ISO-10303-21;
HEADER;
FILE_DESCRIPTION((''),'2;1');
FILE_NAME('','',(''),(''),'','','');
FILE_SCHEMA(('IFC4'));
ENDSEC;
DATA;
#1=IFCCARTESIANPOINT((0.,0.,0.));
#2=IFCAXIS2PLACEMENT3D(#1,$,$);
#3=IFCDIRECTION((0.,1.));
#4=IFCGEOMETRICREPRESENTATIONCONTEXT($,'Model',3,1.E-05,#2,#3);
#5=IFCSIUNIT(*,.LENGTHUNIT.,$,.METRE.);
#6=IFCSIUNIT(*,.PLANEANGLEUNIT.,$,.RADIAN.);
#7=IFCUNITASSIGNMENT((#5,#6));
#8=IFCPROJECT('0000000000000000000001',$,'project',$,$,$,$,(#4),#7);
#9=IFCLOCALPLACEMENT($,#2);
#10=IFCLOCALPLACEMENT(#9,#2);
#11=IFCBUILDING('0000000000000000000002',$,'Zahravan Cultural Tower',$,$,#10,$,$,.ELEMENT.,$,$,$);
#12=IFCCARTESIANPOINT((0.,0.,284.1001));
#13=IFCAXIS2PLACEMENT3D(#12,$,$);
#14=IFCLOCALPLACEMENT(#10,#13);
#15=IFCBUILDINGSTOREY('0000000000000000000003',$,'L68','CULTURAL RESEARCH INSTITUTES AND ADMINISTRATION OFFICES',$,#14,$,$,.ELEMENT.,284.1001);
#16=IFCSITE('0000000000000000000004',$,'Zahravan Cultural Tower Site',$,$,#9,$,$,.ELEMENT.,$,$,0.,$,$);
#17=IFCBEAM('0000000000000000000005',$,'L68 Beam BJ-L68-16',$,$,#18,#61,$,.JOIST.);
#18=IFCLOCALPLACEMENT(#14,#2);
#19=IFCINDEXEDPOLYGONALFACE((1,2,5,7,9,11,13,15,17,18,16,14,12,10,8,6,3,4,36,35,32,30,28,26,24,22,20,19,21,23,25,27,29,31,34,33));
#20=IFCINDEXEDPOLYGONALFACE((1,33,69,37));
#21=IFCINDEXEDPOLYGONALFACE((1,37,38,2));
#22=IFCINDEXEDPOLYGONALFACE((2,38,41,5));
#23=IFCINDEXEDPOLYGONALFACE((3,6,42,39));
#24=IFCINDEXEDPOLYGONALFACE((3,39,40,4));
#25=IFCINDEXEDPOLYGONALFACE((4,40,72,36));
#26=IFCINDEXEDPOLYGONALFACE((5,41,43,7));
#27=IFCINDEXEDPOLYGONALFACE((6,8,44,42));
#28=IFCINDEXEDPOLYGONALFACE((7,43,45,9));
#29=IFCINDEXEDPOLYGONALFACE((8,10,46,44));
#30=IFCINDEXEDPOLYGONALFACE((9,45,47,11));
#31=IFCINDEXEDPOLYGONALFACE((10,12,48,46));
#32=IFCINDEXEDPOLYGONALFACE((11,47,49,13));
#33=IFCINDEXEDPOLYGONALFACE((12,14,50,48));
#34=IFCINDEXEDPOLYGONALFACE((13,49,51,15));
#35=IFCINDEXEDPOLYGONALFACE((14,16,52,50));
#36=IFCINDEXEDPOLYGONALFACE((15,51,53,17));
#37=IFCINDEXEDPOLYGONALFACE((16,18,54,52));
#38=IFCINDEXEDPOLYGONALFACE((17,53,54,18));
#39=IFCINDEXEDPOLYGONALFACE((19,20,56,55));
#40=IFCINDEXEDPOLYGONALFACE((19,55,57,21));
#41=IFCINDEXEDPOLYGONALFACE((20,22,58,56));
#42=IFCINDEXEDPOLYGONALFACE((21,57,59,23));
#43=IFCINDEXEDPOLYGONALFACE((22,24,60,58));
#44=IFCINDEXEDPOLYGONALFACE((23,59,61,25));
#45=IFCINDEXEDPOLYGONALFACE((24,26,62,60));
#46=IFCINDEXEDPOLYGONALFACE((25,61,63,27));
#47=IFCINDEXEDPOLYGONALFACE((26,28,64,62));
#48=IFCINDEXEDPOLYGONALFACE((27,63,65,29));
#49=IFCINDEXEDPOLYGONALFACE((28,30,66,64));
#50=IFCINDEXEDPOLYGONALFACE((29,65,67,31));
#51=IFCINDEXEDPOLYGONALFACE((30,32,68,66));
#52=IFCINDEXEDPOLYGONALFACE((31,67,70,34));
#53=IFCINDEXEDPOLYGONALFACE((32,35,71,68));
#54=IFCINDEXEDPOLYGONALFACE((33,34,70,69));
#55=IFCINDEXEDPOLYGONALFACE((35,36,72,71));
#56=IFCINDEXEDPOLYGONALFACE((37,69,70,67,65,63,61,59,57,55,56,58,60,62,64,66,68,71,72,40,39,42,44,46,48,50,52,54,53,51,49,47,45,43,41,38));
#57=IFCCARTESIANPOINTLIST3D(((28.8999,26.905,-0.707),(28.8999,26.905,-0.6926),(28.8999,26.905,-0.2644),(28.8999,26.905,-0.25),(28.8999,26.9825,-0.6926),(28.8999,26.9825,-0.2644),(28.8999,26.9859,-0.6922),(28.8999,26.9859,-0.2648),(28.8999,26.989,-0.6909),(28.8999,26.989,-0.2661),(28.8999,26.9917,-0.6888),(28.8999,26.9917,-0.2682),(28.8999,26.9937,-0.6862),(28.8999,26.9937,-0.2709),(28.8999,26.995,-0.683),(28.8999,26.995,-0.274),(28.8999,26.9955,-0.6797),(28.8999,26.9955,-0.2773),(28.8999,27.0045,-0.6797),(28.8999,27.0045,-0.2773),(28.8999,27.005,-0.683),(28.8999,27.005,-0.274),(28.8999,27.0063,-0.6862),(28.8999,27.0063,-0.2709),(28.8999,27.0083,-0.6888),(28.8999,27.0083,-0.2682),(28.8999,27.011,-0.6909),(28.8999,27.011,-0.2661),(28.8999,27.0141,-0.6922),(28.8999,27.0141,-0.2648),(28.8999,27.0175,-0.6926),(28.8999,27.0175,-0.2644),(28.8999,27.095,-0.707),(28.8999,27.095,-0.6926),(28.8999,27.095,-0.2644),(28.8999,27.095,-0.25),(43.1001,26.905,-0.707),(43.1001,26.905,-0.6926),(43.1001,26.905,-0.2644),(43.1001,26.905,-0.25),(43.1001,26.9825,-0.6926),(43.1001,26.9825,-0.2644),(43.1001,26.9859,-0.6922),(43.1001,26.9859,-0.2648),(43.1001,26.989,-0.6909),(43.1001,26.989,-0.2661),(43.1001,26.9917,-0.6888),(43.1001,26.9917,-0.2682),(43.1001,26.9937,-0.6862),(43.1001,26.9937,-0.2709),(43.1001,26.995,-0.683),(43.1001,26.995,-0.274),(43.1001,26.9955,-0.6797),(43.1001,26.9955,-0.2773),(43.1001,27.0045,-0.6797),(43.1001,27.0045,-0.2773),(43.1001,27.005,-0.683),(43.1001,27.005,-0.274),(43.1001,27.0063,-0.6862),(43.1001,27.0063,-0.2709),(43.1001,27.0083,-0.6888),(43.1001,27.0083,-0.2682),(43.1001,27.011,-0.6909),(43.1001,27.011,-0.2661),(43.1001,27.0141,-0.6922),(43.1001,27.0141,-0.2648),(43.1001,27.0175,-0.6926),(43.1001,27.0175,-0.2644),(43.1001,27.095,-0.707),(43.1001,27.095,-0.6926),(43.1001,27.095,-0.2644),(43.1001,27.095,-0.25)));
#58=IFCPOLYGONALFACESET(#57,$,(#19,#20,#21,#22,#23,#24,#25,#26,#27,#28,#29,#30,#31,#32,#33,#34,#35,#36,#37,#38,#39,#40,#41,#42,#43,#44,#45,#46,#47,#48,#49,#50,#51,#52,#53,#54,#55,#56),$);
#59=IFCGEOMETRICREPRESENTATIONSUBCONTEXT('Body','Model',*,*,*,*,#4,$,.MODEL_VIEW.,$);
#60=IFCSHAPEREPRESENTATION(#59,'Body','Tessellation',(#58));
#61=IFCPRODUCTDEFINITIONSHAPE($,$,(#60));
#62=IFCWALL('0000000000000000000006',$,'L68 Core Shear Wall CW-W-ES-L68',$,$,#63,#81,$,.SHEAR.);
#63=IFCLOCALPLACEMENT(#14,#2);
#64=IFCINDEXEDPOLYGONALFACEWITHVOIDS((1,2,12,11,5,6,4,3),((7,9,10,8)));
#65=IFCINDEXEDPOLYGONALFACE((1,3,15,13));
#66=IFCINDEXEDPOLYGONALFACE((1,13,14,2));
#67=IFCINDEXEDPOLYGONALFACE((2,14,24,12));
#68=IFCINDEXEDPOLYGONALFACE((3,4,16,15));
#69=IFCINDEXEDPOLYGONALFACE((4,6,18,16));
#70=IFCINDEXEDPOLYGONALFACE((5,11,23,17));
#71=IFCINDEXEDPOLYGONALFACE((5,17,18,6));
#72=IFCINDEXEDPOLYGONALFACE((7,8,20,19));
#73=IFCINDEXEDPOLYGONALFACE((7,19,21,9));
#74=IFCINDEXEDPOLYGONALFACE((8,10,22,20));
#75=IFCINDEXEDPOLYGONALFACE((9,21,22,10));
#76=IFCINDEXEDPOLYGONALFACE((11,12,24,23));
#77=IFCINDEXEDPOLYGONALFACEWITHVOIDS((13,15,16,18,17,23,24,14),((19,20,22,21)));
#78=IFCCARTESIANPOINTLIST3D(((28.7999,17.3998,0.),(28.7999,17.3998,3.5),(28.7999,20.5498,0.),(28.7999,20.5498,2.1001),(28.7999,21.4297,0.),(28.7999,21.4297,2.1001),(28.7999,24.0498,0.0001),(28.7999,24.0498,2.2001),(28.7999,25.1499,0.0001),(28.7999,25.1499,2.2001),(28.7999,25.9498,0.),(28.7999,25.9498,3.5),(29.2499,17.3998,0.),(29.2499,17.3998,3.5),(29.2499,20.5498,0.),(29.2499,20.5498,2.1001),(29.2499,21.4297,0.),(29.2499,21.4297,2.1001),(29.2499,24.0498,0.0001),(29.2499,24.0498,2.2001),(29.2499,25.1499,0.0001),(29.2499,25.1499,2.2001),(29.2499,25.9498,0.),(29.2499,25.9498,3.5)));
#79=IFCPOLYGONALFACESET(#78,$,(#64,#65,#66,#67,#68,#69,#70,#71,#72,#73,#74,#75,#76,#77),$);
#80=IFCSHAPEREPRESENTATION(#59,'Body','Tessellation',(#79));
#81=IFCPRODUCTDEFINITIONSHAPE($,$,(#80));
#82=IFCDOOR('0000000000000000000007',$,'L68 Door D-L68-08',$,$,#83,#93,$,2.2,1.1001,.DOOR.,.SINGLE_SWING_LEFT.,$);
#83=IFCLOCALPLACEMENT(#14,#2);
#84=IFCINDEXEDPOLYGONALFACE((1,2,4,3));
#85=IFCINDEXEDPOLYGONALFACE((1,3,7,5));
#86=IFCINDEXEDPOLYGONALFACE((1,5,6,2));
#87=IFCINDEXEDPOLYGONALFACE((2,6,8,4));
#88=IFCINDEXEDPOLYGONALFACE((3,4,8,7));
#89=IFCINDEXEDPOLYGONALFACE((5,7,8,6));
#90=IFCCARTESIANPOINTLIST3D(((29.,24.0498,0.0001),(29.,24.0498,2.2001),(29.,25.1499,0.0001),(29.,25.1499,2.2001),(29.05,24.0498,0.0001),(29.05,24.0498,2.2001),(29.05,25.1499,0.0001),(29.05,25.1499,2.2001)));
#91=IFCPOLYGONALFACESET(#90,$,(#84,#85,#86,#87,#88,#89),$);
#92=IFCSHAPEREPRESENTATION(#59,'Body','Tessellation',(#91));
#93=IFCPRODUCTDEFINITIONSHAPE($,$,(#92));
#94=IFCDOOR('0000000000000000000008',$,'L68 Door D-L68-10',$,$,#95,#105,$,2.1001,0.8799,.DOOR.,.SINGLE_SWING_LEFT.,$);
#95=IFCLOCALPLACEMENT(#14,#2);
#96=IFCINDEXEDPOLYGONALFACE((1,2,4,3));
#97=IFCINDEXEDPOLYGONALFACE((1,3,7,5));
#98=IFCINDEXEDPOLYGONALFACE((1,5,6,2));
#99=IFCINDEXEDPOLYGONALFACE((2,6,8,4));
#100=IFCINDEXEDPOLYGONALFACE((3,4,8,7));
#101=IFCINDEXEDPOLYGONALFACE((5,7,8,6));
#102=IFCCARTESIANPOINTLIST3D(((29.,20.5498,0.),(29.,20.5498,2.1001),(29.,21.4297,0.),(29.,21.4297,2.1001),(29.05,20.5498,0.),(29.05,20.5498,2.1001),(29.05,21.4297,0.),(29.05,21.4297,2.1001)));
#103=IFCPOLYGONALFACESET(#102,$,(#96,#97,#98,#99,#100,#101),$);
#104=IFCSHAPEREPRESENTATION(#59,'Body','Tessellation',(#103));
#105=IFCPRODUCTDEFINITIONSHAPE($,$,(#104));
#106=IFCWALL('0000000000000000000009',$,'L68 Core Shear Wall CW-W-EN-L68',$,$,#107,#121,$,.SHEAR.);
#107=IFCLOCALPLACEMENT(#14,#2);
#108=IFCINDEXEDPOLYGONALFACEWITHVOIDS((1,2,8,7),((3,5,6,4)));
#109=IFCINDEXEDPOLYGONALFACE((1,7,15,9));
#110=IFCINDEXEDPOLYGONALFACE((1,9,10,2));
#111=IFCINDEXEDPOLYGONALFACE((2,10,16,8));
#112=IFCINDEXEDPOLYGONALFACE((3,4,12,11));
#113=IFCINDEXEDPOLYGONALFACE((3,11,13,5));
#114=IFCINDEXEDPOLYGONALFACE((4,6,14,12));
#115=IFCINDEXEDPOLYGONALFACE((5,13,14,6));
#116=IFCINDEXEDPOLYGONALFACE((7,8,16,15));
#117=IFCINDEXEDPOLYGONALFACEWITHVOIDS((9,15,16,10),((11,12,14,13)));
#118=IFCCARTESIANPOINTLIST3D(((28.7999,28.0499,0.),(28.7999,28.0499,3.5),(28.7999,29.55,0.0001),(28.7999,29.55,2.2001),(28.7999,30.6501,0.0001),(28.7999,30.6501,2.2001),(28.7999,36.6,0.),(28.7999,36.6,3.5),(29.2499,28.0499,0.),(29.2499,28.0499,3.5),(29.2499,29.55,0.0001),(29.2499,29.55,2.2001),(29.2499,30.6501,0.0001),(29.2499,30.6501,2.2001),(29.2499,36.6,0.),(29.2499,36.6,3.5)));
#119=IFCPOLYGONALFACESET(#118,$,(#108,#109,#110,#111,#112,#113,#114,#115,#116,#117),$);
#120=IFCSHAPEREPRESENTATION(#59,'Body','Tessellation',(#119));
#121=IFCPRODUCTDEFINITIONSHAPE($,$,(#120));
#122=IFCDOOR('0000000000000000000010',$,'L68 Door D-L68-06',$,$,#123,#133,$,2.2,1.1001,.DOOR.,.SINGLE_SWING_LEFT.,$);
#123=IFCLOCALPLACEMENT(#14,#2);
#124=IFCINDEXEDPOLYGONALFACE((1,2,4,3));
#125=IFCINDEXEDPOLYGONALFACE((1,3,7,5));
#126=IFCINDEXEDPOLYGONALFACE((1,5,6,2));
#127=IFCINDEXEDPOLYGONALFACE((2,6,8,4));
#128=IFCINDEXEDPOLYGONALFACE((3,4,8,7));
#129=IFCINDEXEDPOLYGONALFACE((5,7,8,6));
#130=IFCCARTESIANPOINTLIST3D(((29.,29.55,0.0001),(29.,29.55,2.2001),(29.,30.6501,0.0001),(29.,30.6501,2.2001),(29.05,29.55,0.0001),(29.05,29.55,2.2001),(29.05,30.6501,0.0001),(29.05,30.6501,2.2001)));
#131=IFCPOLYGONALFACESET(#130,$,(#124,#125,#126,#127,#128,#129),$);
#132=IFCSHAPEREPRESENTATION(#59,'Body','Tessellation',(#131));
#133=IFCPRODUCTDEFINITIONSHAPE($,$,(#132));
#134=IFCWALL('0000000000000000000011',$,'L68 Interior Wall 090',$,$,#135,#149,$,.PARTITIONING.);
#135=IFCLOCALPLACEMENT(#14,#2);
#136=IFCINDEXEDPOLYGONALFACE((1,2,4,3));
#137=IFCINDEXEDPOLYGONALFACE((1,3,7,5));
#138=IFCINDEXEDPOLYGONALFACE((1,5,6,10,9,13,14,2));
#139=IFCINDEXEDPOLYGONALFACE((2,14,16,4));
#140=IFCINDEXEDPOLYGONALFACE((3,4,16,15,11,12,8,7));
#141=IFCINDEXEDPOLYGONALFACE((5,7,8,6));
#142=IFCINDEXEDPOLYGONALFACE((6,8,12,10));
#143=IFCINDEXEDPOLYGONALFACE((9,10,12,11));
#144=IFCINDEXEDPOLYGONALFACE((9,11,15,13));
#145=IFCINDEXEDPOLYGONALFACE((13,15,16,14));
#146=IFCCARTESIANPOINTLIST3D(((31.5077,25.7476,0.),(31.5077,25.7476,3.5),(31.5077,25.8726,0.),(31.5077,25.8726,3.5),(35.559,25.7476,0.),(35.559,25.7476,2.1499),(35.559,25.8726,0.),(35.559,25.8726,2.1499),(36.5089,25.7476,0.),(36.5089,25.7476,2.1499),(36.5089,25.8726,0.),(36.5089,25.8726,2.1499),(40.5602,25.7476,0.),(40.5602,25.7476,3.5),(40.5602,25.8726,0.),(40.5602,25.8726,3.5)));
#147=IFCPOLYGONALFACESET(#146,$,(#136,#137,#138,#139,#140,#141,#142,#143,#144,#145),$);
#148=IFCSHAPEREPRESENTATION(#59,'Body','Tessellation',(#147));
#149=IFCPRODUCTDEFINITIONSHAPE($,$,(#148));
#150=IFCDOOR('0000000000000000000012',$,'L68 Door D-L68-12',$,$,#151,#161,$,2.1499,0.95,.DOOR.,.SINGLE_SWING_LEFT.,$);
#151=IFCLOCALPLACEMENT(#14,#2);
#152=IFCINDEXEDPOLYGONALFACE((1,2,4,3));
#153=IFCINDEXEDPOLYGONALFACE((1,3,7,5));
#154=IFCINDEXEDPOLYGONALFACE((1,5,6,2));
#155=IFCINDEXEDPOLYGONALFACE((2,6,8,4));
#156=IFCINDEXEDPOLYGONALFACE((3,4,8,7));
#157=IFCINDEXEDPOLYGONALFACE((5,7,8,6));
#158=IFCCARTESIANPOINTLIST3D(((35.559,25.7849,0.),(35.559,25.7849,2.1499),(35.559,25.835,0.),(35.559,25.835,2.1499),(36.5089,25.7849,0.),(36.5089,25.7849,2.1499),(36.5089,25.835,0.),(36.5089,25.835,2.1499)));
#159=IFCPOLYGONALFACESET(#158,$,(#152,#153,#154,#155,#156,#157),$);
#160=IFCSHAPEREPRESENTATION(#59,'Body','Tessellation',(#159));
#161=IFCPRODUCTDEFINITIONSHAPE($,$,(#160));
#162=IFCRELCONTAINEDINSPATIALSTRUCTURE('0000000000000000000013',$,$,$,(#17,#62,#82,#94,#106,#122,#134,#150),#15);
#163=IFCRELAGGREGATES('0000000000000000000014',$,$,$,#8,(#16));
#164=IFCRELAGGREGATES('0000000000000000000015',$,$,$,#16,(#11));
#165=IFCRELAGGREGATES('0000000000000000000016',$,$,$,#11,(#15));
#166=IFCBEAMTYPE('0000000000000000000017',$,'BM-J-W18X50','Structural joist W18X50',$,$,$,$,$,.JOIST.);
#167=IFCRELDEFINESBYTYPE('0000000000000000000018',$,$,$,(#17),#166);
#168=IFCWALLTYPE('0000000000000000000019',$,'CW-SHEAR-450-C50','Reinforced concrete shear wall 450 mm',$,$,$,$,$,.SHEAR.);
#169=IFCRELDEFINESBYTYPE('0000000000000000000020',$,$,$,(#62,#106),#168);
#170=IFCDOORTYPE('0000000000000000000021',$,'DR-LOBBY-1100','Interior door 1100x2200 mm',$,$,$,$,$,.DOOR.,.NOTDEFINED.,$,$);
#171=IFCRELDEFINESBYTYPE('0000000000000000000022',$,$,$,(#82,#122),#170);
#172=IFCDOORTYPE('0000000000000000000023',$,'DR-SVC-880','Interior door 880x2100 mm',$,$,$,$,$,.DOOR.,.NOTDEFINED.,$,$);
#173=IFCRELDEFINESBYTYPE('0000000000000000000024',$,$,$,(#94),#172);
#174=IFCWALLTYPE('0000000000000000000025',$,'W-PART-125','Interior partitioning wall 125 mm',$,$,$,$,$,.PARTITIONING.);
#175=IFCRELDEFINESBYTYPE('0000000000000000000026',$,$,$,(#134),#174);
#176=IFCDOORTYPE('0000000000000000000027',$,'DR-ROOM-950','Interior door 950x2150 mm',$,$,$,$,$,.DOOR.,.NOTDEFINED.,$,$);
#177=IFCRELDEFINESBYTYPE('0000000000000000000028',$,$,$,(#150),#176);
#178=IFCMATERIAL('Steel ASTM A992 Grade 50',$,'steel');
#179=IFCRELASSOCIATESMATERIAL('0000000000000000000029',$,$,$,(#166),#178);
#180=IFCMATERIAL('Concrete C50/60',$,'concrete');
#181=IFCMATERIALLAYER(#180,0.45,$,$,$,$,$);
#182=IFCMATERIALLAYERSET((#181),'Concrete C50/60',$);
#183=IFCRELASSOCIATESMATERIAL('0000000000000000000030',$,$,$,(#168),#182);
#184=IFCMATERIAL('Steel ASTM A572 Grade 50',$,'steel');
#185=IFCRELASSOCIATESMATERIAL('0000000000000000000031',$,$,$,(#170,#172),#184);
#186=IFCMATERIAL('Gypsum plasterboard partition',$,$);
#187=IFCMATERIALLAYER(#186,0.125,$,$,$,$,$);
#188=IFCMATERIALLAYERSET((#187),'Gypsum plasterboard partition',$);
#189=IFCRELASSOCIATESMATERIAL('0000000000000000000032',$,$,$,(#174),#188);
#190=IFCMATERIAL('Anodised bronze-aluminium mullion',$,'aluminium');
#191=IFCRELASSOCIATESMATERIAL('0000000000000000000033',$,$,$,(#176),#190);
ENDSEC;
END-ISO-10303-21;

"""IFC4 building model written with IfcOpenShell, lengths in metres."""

from ifc_helpers import new_model, si_unit, direction, frame, frame_2d, origin, origin_2d, place, context, subcontext, project, spatial, rectangle, i_section, extrude, source, transform, mapped, material, layer, layer_set, material_profile, profile_set, type_object, element, fill, save


model = new_model("IFC4")

# Units and contexts
model_context = context("Model", 3, precision=1e-05, world=origin(), true_north=direction((0.0, 1.0)))
body_context = subcontext(model_context, "Body", "Model", "MODEL_VIEW")
ifc_project = project(units=[si_unit("LENGTHUNIT", "METRE"), si_unit("PLANEANGLEUNIT", "RADIAN")], contexts=[model_context])

# Site, building, storey
site_placement = place(None, origin())
site = spatial("IfcSite", under=ifc_project, at=site_placement, Name="Zahravan Cultural Tower Site", CompositionType="ELEMENT", RefElevation=0.0)
building_placement = place(site_placement, origin())
building = spatial("IfcBuilding", under=site, at=building_placement, Name="Zahravan Cultural Tower", CompositionType="ELEMENT")
storey_placement = place(building_placement, frame((0.0, 0.0, 284.1001)))
storey = spatial("IfcBuildingStorey", under=building, at=storey_placement, Name="L68", Description="CULTURAL RESEARCH INSTITUTES AND ADMINISTRATION OFFICES", CompositionType="ELEMENT", Elevation=284.1001)

# Shared definitions
ifc_material_1 = material(Name="Concrete C50/60", Category="concrete")

# Beam
ifc_material_2 = material(Name="Steel ASTM A992 Grade 50", Category="steel")
ifc_material_profile_1 = material_profile(ifc_material_2, i_section(OverallWidth=0.1899, OverallDepth=0.457, WebThickness=0.009, FlangeThickness=0.0144, FilletRadius=0.0129, at=origin_2d()), Name="W18X50")
ifc_profile_set_1 = profile_set([ifc_material_profile_1], Name="Steel ASTM A992 Grade 50")
beam_type_1 = type_object("IfcBeamType", Name="BM-J-W18X50", Description="Structural joist W18X50", PredefinedType="JOIST", material=ifc_profile_set_1)
shared_shape_1 = source(origin(), body_context, "Body", "SweptSolid", [
    extrude(i_section(OverallWidth=0.1899, OverallDepth=0.457, WebThickness=0.009, FlangeThickness=0.0144, FilletRadius=0.0129, at=origin_2d()), origin(), (0.0, 0.0, 1.0), 14.2002),
])
for number, where, z_axis, x_axis, name in (
    (1, (28.8999, 27.0, -0.4785), (1.0, 0.0, 0.0), (0.0, 1.0, 0.0), "L68 Beam BJ-L68-16"),
):
    element("IfcBeam", number, at=place(storey_placement, frame(where, z_axis=z_axis, x_axis=x_axis)), inside=storey, type_object=beam_type_1, Name=name, PredefinedType="JOIST", context=body_context, shape_type="MappedRepresentation", body=[
        mapped(shared_shape_1, transform((0.0, 0.0, 0.0), x_axis=(1.0, 0.0, 0.0), y_axis=(0.0, 1.0, 0.0), z_axis=(0.0, 0.0, 1.0), scale=1.0)),
    ])

# Wall, openings, doors
ifc_layer_1 = layer(ifc_material_1, 0.45)
ifc_layer_set_1 = layer_set([ifc_layer_1], Name="Concrete C50/60")
wall_type_1 = type_object("IfcWallType", Name="CW-SHEAR-450-C50", Description="Reinforced concrete shear wall 450 mm", PredefinedType="SHEAR", material=ifc_layer_set_1)
wall_1_placement = place(storey_placement, frame((29.0249, 17.3999, 0.0), z_axis=(0.0, 0.0, 1.0), x_axis=(0.0, 1.0, 0.0)))
wall_1 = element("IfcWall", 2, at=wall_1_placement, inside=storey, type_object=wall_type_1, Name="L68 Core Shear Wall CW-W-ES-L68", PredefinedType="SHEAR", context=body_context, shape_type="SweptSolid", body=[
    extrude(rectangle(XDim=8.55, YDim=0.45, at=frame_2d((4.2749, 0.0))), origin(), (0.0, 0.0, 1.0), 3.5),
])
opening_1_placement = place(wall_1_placement, frame((6.6499, 0.0, 0.0)))
opening_1 = element("IfcOpeningElement", 3, at=opening_1_placement, cuts=wall_1, PredefinedType="OPENING", context=body_context, shape_type="SweptSolid", body=[
    extrude(rectangle(XDim=1.1001, YDim=2.2, at=frame_2d((0.55, 1.1001))), frame((0.0, 0.2349, 0.0), z_axis=(0.0, -1.0, 0.0), x_axis=(1.0, 0.0, 0.0)), (0.0, 0.0, 1.0), 0.47),
])
opening_2_placement = place(wall_1_placement, frame((3.1499, 0.0, 0.0)))
opening_2 = element("IfcOpeningElement", 4, at=opening_2_placement, cuts=wall_1, PredefinedType="OPENING", context=body_context, shape_type="SweptSolid", body=[
    extrude(rectangle(XDim=0.8799, YDim=2.1001, at=frame_2d((0.4399, 1.05))), frame((0.0, 0.2349, 0.0), z_axis=(0.0, -1.0, 0.0), x_axis=(1.0, 0.0, 0.0)), (0.0, 0.0, 1.0), 0.47),
])
ifc_material_3 = material(Name="Steel ASTM A572 Grade 50", Category="steel")
door_type_1 = type_object("IfcDoorType", Name="DR-LOBBY-1100", Description="Interior door 1100x2200 mm", OperationType="NOTDEFINED", PredefinedType="DOOR", material=ifc_material_3)
shared_shape_2 = source(origin(), body_context, "Body", "SweptSolid", [
    extrude(rectangle(XDim=1.1001, YDim=2.2, at=frame_2d((0.55, 1.1001))), frame((0.0, 0.0249, 0.0), z_axis=(0.0, -1.0, 0.0), x_axis=(1.0, 0.0, 0.0)), (0.0, 0.0, 1.0), 0.05),
])
door_1_placement = place(opening_1_placement, origin())
door_1 = element("IfcDoor", 5, at=door_1_placement, inside=storey, type_object=door_type_1, Name="L68 Door D-L68-08", OperationType="SINGLE_SWING_LEFT", OverallHeight=2.2, OverallWidth=1.1001, PredefinedType="DOOR", context=body_context, shape_type="MappedRepresentation", body=[
    mapped(shared_shape_2, transform((0.0, 0.0, 0.0), x_axis=(1.0, 0.0, 0.0), y_axis=(0.0, 1.0, 0.0), z_axis=(0.0, 0.0, 1.0), scale=1.0)),
])
fill(opening_1, door_1)
door_type_2 = type_object("IfcDoorType", Name="DR-SVC-880", Description="Interior door 880x2100 mm", OperationType="NOTDEFINED", PredefinedType="DOOR", material=ifc_material_3)
shared_shape_3 = source(origin(), body_context, "Body", "SweptSolid", [
    extrude(rectangle(XDim=0.8799, YDim=2.1001, at=frame_2d((0.4399, 1.05))), frame((0.0, 0.0249, 0.0), z_axis=(0.0, -1.0, 0.0), x_axis=(1.0, 0.0, 0.0)), (0.0, 0.0, 1.0), 0.05),
])
door_2_placement = place(opening_2_placement, origin())
door_2 = element("IfcDoor", 6, at=door_2_placement, inside=storey, type_object=door_type_2, Name="L68 Door D-L68-10", OperationType="SINGLE_SWING_LEFT", OverallHeight=2.1001, OverallWidth=0.8799, PredefinedType="DOOR", context=body_context, shape_type="MappedRepresentation", body=[
    mapped(shared_shape_3, transform((0.0, 0.0, 0.0), x_axis=(1.0, 0.0, 0.0), y_axis=(0.0, 1.0, 0.0), z_axis=(0.0, 0.0, 1.0), scale=1.0)),
])
fill(opening_2, door_2)

# Walls, openings, doors
wall_2_placement = place(storey_placement, frame((29.0249, 28.05, 0.0), z_axis=(0.0, 0.0, 1.0), x_axis=(0.0, 1.0, 0.0)))
wall_2 = element("IfcWall", 7, at=wall_2_placement, inside=storey, type_object=wall_type_1, Name="L68 Core Shear Wall CW-W-EN-L68", PredefinedType="SHEAR", context=body_context, shape_type="SweptSolid", body=[
    extrude(rectangle(XDim=8.55, YDim=0.45, at=frame_2d((4.2749, 0.0))), origin(), (0.0, 0.0, 1.0), 3.5),
])
opening_3_placement = place(wall_2_placement, frame((1.5, 0.0, 0.0)))
opening_3 = element("IfcOpeningElement", 8, at=opening_3_placement, cuts=wall_2, PredefinedType="OPENING", context=body_context, shape_type="SweptSolid", body=[
    extrude(rectangle(XDim=1.1001, YDim=2.2, at=frame_2d((0.55, 1.1001))), frame((0.0, 0.2349, 0.0), z_axis=(0.0, -1.0, 0.0), x_axis=(1.0, 0.0, 0.0)), (0.0, 0.0, 1.0), 0.47),
])
door_3_placement = place(opening_3_placement, origin())
door_3 = element("IfcDoor", 9, at=door_3_placement, inside=storey, type_object=door_type_1, Name="L68 Door D-L68-06", OperationType="SINGLE_SWING_LEFT", OverallHeight=2.2, OverallWidth=1.1001, PredefinedType="DOOR", context=body_context, shape_type="MappedRepresentation", body=[
    mapped(shared_shape_2, transform((0.0, 0.0, 0.0), x_axis=(1.0, 0.0, 0.0), y_axis=(0.0, 1.0, 0.0), z_axis=(0.0, 0.0, 1.0), scale=1.0)),
])
fill(opening_3, door_3)
ifc_material_4 = material(Name="Gypsum plasterboard partition")
ifc_layer_2 = layer(ifc_material_4, 0.125)
ifc_layer_set_2 = layer_set([ifc_layer_2], Name="Gypsum plasterboard partition")
wall_type_2 = type_object("IfcWallType", Name="W-PART-125", Description="Interior partitioning wall 125 mm", PredefinedType="PARTITIONING", material=ifc_layer_set_2)
wall_3_placement = place(storey_placement, frame((31.5076, 25.8101, 0.0), z_axis=(0.0, 0.0, 1.0), x_axis=(1.0, 0.0, 0.0)))
wall_3 = element("IfcWall", 10, at=wall_3_placement, inside=storey, type_object=wall_type_2, Name="L68 Interior Wall 090", PredefinedType="PARTITIONING", context=body_context, shape_type="SweptSolid", body=[
    extrude(rectangle(XDim=9.0525, YDim=0.125, at=frame_2d((4.5264, 0.0))), origin(), (0.0, 0.0, 1.0), 3.5),
])
opening_4_placement = place(wall_3_placement, frame((4.0513, 0.0, 0.0)))
opening_4 = element("IfcOpeningElement", 11, at=opening_4_placement, cuts=wall_3, PredefinedType="OPENING", context=body_context, shape_type="SweptSolid", body=[
    extrude(rectangle(XDim=0.95, YDim=2.1499, at=frame_2d((0.4751, 1.075))), frame((0.0, 0.0725, 0.0), z_axis=(0.0, -1.0, 0.0), x_axis=(1.0, 0.0, 0.0)), (0.0, 0.0, 1.0), 0.145),
])
ifc_material_5 = material(Name="Anodised bronze-aluminium mullion", Category="aluminium")
door_type_3 = type_object("IfcDoorType", Name="DR-ROOM-950", Description="Interior door 950x2150 mm", OperationType="NOTDEFINED", PredefinedType="DOOR", material=ifc_material_5)
shared_shape_4 = source(origin(), body_context, "Body", "SweptSolid", [
    extrude(rectangle(XDim=0.95, YDim=2.1499, at=frame_2d((0.4751, 1.075))), frame((0.0, 0.0249, 0.0), z_axis=(0.0, -1.0, 0.0), x_axis=(1.0, 0.0, 0.0)), (0.0, 0.0, 1.0), 0.05),
])
door_4_placement = place(opening_4_placement, origin())
door_4 = element("IfcDoor", 12, at=door_4_placement, inside=storey, type_object=door_type_3, Name="L68 Door D-L68-12", OperationType="SINGLE_SWING_LEFT", OverallHeight=2.1499, OverallWidth=0.95, PredefinedType="DOOR", context=body_context, shape_type="MappedRepresentation", body=[
    mapped(shared_shape_4, transform((0.0, 0.0, 0.0), x_axis=(1.0, 0.0, 0.0), y_axis=(0.0, 1.0, 0.0), z_axis=(0.0, 0.0, 1.0), scale=1.0)),
])
fill(opening_4, door_4)

save(model, "model.ifc")
